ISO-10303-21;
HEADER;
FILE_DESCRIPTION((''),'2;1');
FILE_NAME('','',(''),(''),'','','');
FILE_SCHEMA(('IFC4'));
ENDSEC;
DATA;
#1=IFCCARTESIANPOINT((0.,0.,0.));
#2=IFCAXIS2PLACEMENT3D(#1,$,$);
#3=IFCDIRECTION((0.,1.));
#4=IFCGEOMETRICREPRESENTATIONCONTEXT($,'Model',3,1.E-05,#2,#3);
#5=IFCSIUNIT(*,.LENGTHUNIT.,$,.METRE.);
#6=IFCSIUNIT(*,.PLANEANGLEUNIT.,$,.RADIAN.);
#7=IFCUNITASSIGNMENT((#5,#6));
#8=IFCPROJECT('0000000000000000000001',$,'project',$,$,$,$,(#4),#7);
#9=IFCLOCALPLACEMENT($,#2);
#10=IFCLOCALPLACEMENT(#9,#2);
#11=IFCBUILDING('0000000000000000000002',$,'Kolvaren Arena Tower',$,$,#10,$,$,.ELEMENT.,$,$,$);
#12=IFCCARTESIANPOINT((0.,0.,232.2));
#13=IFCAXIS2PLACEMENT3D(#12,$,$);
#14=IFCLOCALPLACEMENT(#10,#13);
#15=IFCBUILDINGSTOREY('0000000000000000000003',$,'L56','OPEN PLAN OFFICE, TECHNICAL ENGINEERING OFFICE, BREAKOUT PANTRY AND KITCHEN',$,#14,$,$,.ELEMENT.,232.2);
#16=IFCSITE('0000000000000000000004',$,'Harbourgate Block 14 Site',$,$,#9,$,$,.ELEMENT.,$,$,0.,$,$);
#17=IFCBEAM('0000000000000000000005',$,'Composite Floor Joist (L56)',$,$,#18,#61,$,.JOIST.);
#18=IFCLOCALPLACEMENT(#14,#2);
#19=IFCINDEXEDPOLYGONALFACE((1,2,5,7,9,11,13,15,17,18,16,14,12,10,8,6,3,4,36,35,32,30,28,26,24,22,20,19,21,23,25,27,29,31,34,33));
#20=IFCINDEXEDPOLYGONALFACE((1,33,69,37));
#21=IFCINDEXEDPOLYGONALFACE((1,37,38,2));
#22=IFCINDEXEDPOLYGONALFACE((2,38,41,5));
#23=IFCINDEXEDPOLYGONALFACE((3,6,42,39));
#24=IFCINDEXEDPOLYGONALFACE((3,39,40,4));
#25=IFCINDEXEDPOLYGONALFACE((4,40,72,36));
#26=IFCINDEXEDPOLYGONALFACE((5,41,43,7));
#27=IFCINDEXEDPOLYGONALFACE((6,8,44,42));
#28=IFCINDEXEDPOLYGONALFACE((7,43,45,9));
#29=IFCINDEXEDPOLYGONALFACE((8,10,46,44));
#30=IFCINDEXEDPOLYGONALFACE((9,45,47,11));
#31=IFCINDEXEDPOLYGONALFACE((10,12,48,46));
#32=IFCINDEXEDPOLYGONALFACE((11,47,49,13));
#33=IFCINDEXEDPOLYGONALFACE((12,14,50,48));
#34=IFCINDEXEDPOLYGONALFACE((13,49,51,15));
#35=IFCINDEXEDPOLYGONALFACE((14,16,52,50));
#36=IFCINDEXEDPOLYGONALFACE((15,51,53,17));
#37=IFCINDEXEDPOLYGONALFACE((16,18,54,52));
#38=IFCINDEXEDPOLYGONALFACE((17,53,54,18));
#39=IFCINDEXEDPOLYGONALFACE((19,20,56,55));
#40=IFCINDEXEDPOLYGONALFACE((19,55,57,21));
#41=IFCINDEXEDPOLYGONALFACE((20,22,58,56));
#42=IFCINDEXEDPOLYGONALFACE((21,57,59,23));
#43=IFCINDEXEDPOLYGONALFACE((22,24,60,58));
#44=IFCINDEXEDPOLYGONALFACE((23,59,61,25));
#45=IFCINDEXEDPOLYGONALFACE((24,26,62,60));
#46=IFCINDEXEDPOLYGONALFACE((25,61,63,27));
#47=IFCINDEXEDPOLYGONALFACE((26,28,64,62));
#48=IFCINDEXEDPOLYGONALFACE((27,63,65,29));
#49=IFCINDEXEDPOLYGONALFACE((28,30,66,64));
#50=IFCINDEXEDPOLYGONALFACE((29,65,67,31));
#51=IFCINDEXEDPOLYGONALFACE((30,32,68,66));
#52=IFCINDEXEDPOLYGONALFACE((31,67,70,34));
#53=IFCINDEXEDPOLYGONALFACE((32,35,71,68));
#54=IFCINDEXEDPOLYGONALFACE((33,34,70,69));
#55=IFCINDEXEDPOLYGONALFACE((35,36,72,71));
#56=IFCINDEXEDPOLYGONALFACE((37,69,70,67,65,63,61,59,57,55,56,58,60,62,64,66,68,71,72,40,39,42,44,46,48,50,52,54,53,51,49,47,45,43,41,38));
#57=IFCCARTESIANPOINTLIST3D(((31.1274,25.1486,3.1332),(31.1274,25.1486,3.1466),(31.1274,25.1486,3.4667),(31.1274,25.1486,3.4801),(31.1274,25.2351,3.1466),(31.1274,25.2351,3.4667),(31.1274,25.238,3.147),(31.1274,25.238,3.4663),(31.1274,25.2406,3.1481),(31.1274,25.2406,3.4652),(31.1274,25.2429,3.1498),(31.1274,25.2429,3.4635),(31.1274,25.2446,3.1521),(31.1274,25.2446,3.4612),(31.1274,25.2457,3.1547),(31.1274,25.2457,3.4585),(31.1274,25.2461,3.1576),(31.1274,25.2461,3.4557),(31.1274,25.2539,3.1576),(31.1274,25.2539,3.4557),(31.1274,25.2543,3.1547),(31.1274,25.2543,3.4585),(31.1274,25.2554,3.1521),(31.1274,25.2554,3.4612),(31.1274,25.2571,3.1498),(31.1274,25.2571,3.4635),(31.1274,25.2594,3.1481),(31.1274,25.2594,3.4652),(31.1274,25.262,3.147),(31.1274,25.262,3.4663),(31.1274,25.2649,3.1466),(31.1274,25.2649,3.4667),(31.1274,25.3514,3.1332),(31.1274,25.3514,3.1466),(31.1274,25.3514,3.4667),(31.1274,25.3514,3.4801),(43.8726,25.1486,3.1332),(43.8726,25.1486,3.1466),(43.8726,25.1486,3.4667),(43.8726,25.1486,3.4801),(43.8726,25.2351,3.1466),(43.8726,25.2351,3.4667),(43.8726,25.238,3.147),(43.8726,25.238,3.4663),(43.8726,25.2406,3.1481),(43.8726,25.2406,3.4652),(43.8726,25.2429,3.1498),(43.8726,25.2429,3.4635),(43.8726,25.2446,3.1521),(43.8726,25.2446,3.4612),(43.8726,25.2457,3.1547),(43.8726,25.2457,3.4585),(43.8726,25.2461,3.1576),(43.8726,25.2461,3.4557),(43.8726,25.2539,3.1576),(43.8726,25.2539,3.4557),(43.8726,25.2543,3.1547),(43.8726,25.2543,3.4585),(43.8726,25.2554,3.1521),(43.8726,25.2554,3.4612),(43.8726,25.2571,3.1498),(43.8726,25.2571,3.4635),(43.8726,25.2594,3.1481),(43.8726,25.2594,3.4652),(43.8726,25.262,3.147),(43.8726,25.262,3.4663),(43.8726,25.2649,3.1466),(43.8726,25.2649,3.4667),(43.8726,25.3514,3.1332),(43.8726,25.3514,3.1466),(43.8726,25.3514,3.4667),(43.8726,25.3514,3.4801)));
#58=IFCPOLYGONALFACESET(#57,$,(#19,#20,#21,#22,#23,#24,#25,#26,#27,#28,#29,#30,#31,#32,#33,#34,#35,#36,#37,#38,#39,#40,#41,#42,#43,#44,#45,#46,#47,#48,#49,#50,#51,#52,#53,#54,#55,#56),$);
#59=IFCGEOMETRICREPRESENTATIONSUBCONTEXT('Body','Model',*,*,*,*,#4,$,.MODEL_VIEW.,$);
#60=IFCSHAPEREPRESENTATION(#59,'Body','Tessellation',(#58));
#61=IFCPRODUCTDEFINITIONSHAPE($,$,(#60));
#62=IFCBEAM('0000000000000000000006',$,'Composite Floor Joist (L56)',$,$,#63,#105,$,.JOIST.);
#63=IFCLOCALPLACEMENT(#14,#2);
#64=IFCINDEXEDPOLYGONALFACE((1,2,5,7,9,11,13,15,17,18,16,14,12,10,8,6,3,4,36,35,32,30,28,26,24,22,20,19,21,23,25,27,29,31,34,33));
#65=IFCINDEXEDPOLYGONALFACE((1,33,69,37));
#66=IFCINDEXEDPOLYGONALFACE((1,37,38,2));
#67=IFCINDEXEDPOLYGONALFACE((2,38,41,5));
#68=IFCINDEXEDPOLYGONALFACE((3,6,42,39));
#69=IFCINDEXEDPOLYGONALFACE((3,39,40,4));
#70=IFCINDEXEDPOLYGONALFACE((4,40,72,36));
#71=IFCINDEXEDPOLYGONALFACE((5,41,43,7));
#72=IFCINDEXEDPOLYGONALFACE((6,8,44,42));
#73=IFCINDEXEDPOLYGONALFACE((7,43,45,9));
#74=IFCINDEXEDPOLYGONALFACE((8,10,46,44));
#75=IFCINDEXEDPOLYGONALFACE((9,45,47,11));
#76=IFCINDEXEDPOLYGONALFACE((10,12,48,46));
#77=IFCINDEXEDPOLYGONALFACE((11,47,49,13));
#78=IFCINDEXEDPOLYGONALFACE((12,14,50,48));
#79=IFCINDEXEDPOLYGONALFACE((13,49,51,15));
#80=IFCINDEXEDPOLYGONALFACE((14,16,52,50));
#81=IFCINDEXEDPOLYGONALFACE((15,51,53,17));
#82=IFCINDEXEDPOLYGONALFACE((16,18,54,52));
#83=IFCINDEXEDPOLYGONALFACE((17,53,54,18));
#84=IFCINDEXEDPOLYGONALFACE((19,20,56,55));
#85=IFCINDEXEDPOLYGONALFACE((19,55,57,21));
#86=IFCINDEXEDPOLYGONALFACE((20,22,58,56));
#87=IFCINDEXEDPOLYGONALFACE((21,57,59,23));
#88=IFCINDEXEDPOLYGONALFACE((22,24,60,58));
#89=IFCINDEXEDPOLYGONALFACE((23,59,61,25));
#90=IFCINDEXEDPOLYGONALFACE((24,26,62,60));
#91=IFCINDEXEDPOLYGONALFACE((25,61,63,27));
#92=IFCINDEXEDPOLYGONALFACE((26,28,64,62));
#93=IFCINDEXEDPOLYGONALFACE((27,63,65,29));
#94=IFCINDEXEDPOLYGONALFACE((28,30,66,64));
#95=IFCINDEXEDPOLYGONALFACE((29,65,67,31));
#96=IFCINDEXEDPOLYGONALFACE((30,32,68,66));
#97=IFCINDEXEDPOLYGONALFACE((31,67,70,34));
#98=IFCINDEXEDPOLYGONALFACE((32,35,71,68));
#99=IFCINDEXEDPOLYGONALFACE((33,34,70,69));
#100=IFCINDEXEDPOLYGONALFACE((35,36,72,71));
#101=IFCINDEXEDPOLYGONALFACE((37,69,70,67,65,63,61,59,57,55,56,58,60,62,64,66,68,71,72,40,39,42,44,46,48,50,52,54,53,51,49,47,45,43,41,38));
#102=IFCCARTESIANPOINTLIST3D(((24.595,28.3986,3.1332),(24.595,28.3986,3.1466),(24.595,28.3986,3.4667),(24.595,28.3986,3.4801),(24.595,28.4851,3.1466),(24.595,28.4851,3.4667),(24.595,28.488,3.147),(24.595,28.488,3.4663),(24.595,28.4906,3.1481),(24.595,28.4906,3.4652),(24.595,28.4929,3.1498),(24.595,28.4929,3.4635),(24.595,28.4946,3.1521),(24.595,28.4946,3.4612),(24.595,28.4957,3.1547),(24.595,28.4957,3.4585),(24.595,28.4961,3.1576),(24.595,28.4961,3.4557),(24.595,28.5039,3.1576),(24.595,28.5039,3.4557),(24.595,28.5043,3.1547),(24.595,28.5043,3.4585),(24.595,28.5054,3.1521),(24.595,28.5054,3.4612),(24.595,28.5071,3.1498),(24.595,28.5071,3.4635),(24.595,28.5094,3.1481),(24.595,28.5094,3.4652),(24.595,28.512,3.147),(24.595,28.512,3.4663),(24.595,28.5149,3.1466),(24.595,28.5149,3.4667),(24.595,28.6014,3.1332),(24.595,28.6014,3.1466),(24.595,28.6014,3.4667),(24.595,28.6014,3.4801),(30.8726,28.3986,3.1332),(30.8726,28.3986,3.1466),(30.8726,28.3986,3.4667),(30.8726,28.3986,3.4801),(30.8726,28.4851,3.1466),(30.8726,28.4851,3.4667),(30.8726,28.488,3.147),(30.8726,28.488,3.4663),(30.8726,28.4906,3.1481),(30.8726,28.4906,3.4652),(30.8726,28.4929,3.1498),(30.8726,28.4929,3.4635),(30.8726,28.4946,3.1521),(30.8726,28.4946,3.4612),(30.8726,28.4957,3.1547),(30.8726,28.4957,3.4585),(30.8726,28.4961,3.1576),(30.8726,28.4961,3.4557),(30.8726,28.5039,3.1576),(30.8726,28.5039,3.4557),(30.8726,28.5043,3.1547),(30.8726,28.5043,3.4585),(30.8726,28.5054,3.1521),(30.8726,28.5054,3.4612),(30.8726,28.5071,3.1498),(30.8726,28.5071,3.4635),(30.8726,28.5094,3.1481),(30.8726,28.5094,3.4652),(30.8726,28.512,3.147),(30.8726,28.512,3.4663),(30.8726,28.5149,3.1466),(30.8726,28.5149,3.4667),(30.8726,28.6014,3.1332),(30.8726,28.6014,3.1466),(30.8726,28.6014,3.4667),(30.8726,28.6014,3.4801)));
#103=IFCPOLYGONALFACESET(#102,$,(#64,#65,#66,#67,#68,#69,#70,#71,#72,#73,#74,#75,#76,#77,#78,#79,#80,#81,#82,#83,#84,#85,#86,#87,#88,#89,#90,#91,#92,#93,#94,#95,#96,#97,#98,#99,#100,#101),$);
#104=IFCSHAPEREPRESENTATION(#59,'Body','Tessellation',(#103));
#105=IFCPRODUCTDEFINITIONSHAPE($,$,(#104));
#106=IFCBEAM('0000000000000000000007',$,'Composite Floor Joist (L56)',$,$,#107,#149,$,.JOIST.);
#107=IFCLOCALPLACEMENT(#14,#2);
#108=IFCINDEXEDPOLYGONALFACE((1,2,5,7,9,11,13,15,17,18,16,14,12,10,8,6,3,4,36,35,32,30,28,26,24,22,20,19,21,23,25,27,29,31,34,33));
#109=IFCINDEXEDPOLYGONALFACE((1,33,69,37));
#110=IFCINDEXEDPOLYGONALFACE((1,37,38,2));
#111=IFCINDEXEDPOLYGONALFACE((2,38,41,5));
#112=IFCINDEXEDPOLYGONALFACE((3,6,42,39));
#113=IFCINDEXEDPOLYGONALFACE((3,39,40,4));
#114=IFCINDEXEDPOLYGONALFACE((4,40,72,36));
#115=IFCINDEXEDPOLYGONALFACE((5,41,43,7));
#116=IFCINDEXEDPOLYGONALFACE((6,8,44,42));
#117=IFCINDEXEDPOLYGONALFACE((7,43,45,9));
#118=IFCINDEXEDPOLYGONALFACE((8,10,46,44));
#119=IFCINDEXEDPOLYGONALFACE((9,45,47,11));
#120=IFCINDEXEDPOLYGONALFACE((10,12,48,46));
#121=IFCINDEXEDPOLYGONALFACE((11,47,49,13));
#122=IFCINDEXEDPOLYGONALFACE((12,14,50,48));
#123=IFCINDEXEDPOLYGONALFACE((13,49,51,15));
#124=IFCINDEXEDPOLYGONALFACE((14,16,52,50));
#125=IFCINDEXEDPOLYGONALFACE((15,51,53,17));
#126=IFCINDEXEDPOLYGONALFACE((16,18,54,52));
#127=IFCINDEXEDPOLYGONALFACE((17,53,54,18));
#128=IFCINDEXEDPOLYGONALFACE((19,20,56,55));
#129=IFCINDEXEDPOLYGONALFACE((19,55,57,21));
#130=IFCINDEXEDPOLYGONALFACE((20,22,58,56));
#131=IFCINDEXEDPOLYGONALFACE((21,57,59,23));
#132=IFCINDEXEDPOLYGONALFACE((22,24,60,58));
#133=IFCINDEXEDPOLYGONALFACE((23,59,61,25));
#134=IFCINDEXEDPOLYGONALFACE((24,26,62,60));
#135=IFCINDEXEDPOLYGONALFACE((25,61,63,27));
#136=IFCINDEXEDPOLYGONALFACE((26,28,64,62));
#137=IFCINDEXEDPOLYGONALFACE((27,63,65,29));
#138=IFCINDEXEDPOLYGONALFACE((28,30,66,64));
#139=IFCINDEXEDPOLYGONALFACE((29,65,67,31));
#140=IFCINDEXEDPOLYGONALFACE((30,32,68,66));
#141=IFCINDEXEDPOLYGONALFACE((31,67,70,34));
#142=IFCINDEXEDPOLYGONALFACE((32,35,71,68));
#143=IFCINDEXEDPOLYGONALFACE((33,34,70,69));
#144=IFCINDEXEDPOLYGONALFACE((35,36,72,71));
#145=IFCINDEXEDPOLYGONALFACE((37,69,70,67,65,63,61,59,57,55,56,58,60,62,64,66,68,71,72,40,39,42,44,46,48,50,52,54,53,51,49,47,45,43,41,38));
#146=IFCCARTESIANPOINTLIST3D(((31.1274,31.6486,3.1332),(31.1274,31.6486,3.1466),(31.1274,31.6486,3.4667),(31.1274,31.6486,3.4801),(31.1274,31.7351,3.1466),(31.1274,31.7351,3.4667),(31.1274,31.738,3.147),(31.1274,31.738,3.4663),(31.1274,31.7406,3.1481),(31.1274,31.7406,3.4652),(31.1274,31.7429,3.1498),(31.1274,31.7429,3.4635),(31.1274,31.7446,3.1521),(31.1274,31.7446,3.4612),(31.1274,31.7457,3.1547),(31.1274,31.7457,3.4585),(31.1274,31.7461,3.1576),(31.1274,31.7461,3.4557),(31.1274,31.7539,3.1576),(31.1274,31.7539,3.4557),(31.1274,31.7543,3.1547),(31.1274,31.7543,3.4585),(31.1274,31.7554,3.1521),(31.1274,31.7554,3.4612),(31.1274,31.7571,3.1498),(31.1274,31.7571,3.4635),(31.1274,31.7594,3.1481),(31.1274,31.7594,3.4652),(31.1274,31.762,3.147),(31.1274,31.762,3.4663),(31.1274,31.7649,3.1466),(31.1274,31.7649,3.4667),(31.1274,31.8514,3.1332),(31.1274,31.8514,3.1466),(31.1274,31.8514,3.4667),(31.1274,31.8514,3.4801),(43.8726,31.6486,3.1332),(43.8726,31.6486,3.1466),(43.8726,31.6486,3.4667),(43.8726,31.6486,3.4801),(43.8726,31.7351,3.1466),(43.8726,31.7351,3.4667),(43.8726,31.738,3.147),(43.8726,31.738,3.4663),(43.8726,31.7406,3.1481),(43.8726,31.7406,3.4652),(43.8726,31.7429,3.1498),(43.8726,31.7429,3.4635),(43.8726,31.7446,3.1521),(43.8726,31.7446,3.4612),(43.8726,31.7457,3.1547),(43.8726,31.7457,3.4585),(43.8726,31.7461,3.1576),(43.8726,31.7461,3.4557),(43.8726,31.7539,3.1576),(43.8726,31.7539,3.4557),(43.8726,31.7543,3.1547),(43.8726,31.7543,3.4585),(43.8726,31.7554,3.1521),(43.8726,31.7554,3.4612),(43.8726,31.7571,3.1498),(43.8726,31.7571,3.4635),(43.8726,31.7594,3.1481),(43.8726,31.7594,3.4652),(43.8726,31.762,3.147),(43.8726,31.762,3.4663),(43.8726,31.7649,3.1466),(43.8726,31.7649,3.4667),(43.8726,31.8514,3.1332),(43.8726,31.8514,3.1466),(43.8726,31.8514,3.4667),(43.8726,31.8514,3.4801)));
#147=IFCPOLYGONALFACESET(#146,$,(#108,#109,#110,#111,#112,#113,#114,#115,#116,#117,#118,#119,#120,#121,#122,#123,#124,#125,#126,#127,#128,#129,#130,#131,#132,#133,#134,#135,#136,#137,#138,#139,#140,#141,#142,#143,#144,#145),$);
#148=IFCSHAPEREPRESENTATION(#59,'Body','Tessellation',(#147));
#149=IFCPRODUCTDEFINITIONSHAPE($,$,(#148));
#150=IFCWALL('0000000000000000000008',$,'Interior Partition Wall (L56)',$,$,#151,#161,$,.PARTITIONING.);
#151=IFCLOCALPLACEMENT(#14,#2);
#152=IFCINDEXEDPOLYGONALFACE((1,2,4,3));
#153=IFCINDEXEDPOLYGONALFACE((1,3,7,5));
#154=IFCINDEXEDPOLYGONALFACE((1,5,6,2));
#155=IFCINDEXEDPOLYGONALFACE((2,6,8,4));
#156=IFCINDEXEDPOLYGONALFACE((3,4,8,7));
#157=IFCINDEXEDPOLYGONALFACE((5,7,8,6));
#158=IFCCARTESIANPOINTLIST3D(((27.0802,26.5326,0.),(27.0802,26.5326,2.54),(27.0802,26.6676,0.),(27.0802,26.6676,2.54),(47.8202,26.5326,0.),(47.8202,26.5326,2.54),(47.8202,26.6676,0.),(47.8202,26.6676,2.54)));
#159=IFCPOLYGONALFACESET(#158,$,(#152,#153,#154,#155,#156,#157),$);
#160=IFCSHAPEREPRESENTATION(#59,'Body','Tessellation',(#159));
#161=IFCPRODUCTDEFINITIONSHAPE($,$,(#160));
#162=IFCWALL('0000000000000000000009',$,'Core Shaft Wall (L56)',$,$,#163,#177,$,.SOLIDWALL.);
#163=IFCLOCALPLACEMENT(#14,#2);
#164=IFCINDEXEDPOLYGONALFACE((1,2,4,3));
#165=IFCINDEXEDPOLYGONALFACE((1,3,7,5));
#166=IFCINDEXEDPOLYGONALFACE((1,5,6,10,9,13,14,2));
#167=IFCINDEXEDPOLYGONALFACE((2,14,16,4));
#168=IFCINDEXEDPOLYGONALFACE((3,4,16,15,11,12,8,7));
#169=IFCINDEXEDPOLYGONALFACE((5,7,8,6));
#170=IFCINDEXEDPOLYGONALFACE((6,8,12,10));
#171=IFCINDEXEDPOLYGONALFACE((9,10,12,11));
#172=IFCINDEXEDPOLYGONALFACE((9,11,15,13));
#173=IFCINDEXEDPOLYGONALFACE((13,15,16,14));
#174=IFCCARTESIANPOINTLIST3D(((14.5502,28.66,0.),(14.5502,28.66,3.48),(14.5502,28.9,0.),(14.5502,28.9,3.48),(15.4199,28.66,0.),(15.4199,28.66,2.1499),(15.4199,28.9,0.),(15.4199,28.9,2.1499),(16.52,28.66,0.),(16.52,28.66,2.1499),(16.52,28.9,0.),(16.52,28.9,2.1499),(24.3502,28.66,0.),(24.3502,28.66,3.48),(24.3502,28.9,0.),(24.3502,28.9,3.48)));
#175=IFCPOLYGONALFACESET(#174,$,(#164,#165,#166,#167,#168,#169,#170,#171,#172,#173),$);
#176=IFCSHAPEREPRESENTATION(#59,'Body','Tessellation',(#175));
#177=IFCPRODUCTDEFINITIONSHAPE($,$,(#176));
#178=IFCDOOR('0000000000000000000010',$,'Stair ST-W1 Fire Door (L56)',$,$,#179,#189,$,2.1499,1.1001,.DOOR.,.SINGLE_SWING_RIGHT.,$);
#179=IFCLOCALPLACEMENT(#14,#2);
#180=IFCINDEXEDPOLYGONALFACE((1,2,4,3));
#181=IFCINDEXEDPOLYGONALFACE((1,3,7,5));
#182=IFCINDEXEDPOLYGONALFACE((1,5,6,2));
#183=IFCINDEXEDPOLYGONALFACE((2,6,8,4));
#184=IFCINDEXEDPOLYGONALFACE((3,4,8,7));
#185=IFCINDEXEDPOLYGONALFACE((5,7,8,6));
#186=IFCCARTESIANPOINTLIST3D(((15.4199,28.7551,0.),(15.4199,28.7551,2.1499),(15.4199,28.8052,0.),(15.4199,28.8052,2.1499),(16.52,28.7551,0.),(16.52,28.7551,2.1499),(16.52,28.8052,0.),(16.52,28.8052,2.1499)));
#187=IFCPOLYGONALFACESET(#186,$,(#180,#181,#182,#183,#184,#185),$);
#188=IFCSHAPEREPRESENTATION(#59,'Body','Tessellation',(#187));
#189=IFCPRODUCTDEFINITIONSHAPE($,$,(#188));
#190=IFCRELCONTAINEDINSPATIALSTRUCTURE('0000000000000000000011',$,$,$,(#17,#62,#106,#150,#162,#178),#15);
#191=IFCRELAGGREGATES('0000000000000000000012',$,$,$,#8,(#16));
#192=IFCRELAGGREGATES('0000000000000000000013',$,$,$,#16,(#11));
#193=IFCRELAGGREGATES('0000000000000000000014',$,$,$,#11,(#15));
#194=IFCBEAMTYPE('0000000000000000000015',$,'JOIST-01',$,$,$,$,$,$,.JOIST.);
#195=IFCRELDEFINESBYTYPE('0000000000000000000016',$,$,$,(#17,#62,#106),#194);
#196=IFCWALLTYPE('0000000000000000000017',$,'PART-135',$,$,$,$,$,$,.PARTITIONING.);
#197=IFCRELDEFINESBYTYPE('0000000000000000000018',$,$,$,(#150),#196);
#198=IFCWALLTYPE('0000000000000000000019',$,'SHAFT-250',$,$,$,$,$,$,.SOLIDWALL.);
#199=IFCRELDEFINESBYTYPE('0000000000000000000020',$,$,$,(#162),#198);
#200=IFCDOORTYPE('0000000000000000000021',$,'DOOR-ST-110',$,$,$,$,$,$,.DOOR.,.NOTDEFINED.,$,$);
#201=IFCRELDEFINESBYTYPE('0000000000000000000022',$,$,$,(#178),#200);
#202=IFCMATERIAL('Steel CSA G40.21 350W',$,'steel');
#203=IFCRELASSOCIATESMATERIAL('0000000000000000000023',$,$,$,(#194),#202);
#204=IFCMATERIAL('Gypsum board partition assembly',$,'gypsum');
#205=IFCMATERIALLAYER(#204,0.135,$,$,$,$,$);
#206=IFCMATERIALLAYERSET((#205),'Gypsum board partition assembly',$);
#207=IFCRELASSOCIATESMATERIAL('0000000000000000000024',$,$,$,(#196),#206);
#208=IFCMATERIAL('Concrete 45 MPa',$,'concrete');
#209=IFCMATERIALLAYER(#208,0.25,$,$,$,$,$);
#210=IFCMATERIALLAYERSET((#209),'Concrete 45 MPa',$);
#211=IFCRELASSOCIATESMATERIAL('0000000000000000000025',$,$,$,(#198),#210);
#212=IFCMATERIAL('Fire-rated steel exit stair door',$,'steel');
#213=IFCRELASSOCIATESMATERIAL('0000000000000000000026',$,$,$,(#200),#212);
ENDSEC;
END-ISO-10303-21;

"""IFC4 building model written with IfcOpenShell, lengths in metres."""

from ifc_helpers import new_model, si_unit, direction, frame, frame_2d, origin, origin_2d, place, context, subcontext, project, spatial, rectangle, i_section, extrude, material, layer, layer_set, material_profile, profile_set, type_object, element, fill, save


model = new_model("IFC4")

# Units and contexts
model_context = context("Model", 3, precision=1e-05, world=origin(), true_north=direction((0.0, 1.0)))
body_context = subcontext(model_context, "Body", "Model", "MODEL_VIEW")
ifc_project = project(units=[si_unit("LENGTHUNIT", "METRE"), si_unit("PLANEANGLEUNIT", "RADIAN")], contexts=[model_context])

# Site, building, storey
site_placement = place(None, origin())
site = spatial("IfcSite", under=ifc_project, at=site_placement, Name="Harbourgate Block 14 Site", CompositionType="ELEMENT", RefElevation=0.0)
building_placement = place(site_placement, origin())
building = spatial("IfcBuilding", under=site, at=building_placement, Name="Kolvaren Arena Tower", CompositionType="ELEMENT")
storey_placement = place(building_placement, frame((0.0, 0.0, 232.2)))
storey = spatial("IfcBuildingStorey", under=building, at=storey_placement, Name="L56", Description="OPEN PLAN OFFICE, TECHNICAL ENGINEERING OFFICE, BREAKOUT PANTRY AND KITCHEN", CompositionType="ELEMENT", Elevation=232.2)

# Beams
ifc_material_1 = material(Name="Steel CSA G40.21 350W", Category="steel")
ifc_material_profile_1 = material_profile(ifc_material_1, i_section(OverallWidth=0.2029, OverallDepth=0.3469, WebThickness=0.0078, FlangeThickness=0.0134, FilletRadius=0.011, at=origin_2d()), Name="W360x64")
ifc_profile_set_1 = profile_set([ifc_material_profile_1], Name="Steel CSA G40.21 350W")
beam_type_1 = type_object("IfcBeamType", Name="JOIST-01", PredefinedType="JOIST", material=ifc_profile_set_1)
beam_1_placement = place(storey_placement, frame((31.1274, 25.25, 3.3066), z_axis=(1.0, 0.0, 0.0), x_axis=(0.0, 1.0, 0.0)))
element("IfcBeam", 1, at=beam_1_placement, inside=storey, type_object=beam_type_1, Name="Composite Floor Joist (L56)", PredefinedType="JOIST", context=body_context, shape_type="SweptSolid", body=[
    extrude(i_section(OverallWidth=0.2029, OverallDepth=0.3469, WebThickness=0.0078, FlangeThickness=0.0134, FilletRadius=0.011, at=origin_2d()), origin(), (0.0, 0.0, 1.0), 12.7451),
])
beam_2_placement = place(storey_placement, frame((24.595, 28.5, 3.3066), z_axis=(1.0, 0.0, 0.0), x_axis=(0.0, 1.0, 0.0)))
element("IfcBeam", 2, at=beam_2_placement, inside=storey, type_object=beam_type_1, Name="Composite Floor Joist (L56)", PredefinedType="JOIST", context=body_context, shape_type="SweptSolid", body=[
    extrude(i_section(OverallWidth=0.2029, OverallDepth=0.3469, WebThickness=0.0078, FlangeThickness=0.0134, FilletRadius=0.011, at=origin_2d()), origin(), (0.0, 0.0, 1.0), 6.2776),
])
beam_3_placement = place(storey_placement, frame((31.1274, 31.75, 3.3066), z_axis=(1.0, 0.0, 0.0), x_axis=(0.0, 1.0, 0.0)))
element("IfcBeam", 3, at=beam_3_placement, inside=storey, type_object=beam_type_1, Name="Composite Floor Joist (L56)", PredefinedType="JOIST", context=body_context, shape_type="SweptSolid", body=[
    extrude(i_section(OverallWidth=0.2029, OverallDepth=0.3469, WebThickness=0.0078, FlangeThickness=0.0134, FilletRadius=0.011, at=origin_2d()), origin(), (0.0, 0.0, 1.0), 12.7451),
])

# Wall
ifc_material_2 = material(Name="Gypsum board partition assembly", Category="gypsum")
ifc_layer_1 = layer(ifc_material_2, 0.135)
ifc_layer_set_1 = layer_set([ifc_layer_1], Name="Gypsum board partition assembly")
wall_type_1 = type_object("IfcWallType", Name="PART-135", PredefinedType="PARTITIONING", material=ifc_layer_set_1)
wall_1_placement = place(storey_placement, frame((27.0801, 26.6001, 0.0), z_axis=(0.0, 0.0, 1.0), x_axis=(1.0, 0.0, 0.0)))
element("IfcWall", 4, at=wall_1_placement, inside=storey, type_object=wall_type_1, Name="Interior Partition Wall (L56)", PredefinedType="PARTITIONING", context=body_context, shape_type="SweptSolid", body=[
    extrude(rectangle(XDim=20.74, YDim=0.135, at=frame_2d((10.3701, 0.0))), origin(), (0.0, 0.0, 1.0), 2.54),
])

# Wall, opening, door
ifc_material_3 = material(Name="Concrete 45 MPa", Category="concrete")
ifc_layer_2 = layer(ifc_material_3, 0.25)
ifc_layer_set_2 = layer_set([ifc_layer_2], Name="Concrete 45 MPa")
wall_type_2 = type_object("IfcWallType", Name="SHAFT-250", PredefinedType="SOLIDWALL", material=ifc_layer_set_2)
wall_2_placement = place(storey_placement, frame((24.3501, 28.78, 0.0), z_axis=(0.0, 0.0, 1.0), x_axis=(-1.0, 0.0, 0.0)))
wall_2 = element("IfcWall", 5, at=wall_2_placement, inside=storey, type_object=wall_type_2, Name="Core Shaft Wall (L56)", PredefinedType="SOLIDWALL", context=body_context, shape_type="SweptSolid", body=[
    extrude(rectangle(XDim=9.8, YDim=0.24, at=frame_2d((4.8999, 0.0))), origin(), (0.0, 0.0, 1.0), 3.48),
])
opening_placement = place(wall_2_placement, frame((7.8301, 0.0, 0.0)))
opening = element("IfcOpeningElement", 6, at=opening_placement, cuts=wall_2, PredefinedType="OPENING", context=body_context, shape_type="SweptSolid", body=[
    extrude(rectangle(XDim=1.1001, YDim=2.1499, at=frame_2d((0.55, 1.075))), frame((0.0, 0.1299, 0.0), z_axis=(0.0, -1.0, 0.0), x_axis=(1.0, 0.0, 0.0)), (0.0, 0.0, 1.0), 0.26),
])
ifc_material_4 = material(Name="Fire-rated steel exit stair door", Category="steel")
door_type = type_object("IfcDoorType", Name="DOOR-ST-110", OperationType="NOTDEFINED", PredefinedType="DOOR", material=ifc_material_4)
door_placement = place(opening_placement, origin())
door = element("IfcDoor", 7, at=door_placement, inside=storey, type_object=door_type, Name="Stair ST-W1 Fire Door (L56)", OperationType="SINGLE_SWING_RIGHT", OverallHeight=2.1499, OverallWidth=1.1001, PredefinedType="DOOR", context=body_context, shape_type="SweptSolid", body=[
    extrude(rectangle(XDim=1.1001, YDim=2.1499, at=frame_2d((0.55, 1.075))), frame((0.0, 0.0249, 0.0), z_axis=(0.0, -1.0, 0.0), x_axis=(1.0, 0.0, 0.0)), (0.0, 0.0, 1.0), 0.05),
])
fill(opening, door)

save(model, "model.ifc")
